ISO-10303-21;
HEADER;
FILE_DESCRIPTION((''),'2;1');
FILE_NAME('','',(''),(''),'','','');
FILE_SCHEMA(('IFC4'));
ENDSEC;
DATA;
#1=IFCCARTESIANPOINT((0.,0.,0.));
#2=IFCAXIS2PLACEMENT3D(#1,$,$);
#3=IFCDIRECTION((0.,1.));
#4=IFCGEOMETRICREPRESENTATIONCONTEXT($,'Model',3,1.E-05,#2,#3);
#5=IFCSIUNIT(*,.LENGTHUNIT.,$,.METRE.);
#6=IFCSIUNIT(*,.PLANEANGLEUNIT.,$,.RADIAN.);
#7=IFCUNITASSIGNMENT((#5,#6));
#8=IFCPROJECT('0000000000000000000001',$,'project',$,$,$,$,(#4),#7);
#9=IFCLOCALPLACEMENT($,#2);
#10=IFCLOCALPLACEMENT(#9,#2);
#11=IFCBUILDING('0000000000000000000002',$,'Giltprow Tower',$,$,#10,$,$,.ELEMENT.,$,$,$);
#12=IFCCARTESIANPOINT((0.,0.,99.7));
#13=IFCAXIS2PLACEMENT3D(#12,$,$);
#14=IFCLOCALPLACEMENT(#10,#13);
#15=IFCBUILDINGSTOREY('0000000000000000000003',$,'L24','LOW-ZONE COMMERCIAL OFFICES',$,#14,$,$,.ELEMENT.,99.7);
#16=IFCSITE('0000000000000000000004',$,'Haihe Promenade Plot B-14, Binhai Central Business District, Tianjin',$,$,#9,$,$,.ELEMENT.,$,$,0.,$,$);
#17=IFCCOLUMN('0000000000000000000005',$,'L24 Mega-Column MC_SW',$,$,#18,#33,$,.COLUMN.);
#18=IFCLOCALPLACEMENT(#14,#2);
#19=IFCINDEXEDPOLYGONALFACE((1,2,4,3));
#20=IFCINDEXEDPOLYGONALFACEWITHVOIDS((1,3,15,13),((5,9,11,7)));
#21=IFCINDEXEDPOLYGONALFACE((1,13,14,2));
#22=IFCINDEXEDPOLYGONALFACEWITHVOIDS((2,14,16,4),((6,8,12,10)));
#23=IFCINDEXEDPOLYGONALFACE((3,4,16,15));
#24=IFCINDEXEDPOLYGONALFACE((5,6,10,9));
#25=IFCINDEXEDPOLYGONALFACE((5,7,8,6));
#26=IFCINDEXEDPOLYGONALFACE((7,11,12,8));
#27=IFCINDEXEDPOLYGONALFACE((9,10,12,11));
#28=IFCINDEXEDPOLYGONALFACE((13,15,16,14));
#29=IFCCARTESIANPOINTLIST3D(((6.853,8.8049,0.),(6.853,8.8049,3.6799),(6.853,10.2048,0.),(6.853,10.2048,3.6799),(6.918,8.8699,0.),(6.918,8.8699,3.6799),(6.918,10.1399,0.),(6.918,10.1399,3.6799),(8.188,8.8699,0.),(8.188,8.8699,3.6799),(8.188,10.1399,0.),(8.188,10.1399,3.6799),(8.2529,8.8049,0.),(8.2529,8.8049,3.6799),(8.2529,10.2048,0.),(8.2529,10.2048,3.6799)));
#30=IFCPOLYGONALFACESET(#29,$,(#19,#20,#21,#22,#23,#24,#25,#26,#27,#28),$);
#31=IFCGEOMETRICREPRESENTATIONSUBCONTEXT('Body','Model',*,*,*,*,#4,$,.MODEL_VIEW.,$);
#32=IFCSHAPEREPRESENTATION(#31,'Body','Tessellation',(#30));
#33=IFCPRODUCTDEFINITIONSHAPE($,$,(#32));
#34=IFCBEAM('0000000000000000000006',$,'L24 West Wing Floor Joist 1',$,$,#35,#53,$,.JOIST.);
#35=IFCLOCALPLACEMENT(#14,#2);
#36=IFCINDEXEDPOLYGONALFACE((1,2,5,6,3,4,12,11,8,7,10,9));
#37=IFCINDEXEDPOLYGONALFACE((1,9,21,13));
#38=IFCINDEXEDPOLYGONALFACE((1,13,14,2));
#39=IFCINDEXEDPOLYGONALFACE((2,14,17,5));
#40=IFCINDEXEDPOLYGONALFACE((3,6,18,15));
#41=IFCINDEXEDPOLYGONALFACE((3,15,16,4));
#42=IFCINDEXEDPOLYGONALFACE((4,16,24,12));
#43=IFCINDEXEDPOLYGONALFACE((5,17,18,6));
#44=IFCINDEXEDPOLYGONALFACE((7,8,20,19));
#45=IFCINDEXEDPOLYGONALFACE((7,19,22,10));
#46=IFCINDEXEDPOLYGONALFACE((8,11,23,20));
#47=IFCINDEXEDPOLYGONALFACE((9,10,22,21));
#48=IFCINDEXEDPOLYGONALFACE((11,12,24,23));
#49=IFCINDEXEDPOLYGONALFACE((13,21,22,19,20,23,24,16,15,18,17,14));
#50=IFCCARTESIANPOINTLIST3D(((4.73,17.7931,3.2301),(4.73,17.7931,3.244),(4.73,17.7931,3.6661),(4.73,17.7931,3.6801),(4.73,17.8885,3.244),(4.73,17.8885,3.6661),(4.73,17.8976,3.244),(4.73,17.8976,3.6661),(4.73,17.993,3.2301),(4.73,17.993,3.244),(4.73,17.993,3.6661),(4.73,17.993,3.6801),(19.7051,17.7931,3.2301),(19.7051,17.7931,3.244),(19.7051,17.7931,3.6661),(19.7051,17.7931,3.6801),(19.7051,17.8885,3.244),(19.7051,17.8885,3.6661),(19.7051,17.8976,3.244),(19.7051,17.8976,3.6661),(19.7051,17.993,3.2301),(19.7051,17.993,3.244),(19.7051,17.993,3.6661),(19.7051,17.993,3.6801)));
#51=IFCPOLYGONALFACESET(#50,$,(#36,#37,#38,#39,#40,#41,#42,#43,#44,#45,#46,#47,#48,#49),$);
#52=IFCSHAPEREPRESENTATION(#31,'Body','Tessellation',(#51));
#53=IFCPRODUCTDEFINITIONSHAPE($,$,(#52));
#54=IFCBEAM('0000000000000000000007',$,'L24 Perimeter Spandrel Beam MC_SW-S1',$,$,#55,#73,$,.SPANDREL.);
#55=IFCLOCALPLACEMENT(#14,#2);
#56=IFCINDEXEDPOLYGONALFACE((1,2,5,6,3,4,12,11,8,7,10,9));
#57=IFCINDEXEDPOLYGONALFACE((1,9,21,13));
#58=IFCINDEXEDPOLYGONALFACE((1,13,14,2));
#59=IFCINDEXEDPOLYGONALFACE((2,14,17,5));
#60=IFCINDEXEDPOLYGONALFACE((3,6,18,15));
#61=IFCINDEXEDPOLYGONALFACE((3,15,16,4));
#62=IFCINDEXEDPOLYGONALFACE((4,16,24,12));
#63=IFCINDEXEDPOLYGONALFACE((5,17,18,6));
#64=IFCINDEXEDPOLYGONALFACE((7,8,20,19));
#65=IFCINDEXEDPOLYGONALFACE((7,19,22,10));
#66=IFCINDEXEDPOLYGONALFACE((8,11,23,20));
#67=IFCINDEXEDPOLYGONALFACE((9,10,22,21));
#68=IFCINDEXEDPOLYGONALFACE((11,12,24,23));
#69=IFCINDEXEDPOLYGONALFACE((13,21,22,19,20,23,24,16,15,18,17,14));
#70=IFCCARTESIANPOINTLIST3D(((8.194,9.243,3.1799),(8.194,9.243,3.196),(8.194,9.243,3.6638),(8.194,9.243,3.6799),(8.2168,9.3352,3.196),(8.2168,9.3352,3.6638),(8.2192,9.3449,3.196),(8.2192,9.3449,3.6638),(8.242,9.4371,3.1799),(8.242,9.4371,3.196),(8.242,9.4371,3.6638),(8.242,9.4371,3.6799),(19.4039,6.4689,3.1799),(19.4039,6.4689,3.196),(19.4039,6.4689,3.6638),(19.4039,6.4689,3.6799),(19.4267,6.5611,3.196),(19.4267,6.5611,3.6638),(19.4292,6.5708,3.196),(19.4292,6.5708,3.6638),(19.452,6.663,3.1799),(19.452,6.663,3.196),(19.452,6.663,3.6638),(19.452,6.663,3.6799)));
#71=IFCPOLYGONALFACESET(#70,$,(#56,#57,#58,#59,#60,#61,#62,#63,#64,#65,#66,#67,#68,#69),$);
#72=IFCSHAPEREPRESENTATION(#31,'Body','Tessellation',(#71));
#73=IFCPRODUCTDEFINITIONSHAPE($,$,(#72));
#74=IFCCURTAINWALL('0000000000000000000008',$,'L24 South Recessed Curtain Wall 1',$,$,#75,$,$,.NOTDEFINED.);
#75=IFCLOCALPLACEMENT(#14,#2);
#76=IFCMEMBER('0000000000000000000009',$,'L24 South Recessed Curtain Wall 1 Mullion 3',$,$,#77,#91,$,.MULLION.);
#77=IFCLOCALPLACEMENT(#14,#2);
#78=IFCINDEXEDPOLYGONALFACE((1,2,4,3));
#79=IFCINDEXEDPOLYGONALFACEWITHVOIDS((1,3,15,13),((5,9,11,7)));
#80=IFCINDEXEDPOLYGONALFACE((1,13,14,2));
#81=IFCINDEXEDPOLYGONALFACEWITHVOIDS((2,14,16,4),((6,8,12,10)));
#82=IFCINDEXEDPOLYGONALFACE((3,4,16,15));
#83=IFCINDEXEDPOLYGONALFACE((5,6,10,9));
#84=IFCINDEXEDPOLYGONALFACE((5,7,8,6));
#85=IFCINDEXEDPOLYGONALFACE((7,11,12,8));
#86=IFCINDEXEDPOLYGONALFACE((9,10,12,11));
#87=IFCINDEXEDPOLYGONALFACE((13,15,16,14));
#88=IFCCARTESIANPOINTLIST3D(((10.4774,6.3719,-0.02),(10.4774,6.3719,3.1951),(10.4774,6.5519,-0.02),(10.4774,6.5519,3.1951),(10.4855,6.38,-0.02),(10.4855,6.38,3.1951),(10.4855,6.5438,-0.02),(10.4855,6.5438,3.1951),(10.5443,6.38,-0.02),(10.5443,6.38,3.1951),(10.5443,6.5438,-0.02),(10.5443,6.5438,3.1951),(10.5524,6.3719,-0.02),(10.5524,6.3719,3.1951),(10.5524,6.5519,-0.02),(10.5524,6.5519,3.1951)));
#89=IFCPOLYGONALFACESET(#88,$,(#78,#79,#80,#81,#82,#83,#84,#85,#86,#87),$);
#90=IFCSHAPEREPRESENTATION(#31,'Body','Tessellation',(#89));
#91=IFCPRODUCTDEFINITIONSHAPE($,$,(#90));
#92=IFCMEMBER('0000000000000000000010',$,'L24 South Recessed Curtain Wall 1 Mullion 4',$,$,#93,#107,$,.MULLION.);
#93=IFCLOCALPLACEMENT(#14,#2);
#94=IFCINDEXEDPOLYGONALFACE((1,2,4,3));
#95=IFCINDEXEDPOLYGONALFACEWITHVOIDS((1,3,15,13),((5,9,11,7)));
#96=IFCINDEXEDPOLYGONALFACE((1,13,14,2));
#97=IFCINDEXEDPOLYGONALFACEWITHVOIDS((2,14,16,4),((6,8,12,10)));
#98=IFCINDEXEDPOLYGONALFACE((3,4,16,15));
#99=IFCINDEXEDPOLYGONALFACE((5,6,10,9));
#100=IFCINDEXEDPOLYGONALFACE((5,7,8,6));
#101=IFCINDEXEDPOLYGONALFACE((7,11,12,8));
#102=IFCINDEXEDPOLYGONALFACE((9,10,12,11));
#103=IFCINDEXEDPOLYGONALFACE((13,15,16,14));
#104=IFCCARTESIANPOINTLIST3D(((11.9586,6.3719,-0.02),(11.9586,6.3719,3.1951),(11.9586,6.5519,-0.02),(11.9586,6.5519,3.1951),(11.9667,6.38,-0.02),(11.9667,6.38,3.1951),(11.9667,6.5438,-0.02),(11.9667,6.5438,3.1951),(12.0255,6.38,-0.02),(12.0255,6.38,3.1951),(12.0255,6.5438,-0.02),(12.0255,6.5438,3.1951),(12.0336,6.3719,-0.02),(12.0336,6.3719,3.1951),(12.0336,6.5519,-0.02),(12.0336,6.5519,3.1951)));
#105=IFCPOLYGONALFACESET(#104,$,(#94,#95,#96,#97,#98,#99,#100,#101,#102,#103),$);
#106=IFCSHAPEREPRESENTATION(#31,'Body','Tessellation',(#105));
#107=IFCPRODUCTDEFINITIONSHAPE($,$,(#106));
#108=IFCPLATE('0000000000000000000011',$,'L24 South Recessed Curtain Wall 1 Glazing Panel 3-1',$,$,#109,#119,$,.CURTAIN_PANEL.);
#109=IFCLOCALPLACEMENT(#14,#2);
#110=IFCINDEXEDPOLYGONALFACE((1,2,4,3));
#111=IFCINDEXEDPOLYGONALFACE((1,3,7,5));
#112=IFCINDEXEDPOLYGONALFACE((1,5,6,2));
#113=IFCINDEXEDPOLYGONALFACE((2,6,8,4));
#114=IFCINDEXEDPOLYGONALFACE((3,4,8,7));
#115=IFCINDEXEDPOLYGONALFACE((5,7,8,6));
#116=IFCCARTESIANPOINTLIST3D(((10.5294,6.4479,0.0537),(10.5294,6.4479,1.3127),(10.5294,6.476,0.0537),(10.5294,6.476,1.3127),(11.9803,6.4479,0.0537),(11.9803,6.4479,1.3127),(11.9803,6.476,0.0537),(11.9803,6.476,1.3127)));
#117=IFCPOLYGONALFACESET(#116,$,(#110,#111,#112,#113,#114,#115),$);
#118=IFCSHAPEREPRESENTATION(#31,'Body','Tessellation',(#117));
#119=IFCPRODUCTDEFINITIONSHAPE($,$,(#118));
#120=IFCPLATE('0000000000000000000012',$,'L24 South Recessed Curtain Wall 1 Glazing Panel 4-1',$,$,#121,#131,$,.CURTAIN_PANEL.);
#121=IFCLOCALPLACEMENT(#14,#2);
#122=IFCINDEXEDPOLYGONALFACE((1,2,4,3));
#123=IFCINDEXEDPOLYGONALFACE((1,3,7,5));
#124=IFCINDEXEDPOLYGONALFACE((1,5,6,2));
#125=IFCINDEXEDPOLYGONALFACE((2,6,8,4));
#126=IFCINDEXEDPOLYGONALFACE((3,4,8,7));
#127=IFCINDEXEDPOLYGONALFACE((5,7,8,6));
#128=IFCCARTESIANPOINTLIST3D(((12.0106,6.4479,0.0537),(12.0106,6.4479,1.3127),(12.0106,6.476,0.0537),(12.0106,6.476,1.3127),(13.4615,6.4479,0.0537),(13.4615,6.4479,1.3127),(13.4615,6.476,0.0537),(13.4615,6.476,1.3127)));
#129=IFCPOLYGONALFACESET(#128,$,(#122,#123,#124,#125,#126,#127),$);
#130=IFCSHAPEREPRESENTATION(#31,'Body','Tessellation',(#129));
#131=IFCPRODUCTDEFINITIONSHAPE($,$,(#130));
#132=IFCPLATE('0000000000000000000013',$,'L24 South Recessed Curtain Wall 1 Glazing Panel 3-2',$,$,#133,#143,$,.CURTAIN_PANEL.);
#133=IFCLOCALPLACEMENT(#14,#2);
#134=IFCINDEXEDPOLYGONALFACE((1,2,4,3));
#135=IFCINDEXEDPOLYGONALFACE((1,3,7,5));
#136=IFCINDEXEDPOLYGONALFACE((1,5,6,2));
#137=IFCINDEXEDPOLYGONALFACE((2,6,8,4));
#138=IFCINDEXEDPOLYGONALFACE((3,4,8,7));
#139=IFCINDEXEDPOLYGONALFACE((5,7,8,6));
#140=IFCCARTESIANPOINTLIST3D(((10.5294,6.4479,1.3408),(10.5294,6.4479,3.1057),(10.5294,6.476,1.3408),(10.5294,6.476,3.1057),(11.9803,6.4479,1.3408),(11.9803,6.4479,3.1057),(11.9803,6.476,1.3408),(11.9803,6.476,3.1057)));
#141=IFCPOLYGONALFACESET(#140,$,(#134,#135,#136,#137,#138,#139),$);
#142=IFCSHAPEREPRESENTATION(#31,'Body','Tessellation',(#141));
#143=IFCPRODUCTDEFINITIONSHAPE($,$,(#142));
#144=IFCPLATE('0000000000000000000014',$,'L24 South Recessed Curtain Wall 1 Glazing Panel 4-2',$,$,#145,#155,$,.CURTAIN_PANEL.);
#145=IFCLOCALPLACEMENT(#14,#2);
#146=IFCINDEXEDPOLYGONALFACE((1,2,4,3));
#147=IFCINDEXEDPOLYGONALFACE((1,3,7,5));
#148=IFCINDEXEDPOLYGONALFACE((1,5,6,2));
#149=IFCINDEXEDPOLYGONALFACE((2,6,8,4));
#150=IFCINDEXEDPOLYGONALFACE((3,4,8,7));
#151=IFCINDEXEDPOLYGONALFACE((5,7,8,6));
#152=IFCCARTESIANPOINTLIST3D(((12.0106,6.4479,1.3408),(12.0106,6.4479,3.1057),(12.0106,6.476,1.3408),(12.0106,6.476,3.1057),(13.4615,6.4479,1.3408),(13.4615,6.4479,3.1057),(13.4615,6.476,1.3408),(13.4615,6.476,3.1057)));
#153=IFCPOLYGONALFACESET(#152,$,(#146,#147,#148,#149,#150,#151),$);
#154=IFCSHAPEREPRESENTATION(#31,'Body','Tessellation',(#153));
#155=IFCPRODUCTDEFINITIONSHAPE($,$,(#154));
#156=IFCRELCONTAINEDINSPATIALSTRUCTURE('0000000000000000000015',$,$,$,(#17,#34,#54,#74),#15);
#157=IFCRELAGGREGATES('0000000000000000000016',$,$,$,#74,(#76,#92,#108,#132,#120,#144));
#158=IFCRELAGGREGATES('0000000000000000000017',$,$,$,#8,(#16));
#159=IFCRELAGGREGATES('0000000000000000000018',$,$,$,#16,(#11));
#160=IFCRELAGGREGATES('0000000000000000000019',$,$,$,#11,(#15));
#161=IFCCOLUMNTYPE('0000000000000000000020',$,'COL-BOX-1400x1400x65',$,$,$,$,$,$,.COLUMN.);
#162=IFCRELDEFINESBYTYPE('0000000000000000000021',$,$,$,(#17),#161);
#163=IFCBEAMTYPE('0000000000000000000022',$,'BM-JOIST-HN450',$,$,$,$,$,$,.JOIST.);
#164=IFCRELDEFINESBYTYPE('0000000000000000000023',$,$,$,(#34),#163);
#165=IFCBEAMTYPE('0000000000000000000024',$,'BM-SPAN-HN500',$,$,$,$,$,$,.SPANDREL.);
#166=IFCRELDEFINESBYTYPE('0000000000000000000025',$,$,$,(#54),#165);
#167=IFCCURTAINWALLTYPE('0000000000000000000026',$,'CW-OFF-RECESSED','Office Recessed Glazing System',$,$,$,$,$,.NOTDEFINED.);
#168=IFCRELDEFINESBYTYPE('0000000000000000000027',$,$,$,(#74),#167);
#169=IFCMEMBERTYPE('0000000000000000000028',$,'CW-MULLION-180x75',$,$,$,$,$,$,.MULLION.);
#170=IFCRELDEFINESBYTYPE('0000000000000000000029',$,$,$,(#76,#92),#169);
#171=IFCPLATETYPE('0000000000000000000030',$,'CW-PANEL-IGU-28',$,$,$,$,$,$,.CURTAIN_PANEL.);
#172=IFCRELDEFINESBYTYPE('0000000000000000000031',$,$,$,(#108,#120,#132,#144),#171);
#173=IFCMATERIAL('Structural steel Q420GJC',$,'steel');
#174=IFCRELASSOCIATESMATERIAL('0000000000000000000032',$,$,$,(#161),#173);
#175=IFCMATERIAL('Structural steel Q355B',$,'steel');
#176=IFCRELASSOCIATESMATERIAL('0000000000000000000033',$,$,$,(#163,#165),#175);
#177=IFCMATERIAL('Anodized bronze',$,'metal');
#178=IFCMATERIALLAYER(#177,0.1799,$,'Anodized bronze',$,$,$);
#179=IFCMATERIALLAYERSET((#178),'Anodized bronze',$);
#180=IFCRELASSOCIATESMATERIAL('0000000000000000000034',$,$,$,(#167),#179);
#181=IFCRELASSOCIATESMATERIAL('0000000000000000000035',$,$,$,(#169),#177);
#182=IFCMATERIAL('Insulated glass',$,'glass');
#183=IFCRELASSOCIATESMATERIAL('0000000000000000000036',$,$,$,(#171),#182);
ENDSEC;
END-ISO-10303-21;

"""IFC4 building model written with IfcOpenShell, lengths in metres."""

from ifc_helpers import new_model, si_unit, direction, frame, origin, origin_2d, place, context, subcontext, project, spatial, rectangle, hollow_rectangle, i_section, extrude, source, transform, mapped, material, layer, layer_set, material_profile, profile_set, type_object, element, aggregate, save


model = new_model("IFC4")

# Units and contexts
model_context = context("Model", 3, precision=1e-05, world=origin(), true_north=direction((0.0, 1.0)))
body_context = subcontext(model_context, "Body", "Model", "MODEL_VIEW")
ifc_project = project(units=[si_unit("LENGTHUNIT", "METRE"), si_unit("PLANEANGLEUNIT", "RADIAN")], contexts=[model_context])

# Site, building, storey
site_placement = place(None, origin())
site = spatial("IfcSite", under=ifc_project, at=site_placement, Name="Haihe Promenade Plot B-14, Binhai Central Business District, Tianjin", CompositionType="ELEMENT", RefElevation=0.0)
building_placement = place(site_placement, origin())
building = spatial("IfcBuilding", under=site, at=building_placement, Name="Giltprow Tower", CompositionType="ELEMENT")
storey_placement = place(building_placement, frame((0.0, 0.0, 99.7)))
storey = spatial("IfcBuildingStorey", under=building, at=storey_placement, Name="L24", Description="LOW-ZONE COMMERCIAL OFFICES", CompositionType="ELEMENT", Elevation=99.7)

# Column
ifc_material_1 = material(Name="Structural steel Q420GJC", Category="steel")
ifc_material_profile_1 = material_profile(ifc_material_1, hollow_rectangle(XDim=1.3999, YDim=1.3999, WallThickness=0.0649, at=origin_2d()), Name="BOX 1400x1400x65")
ifc_profile_set_1 = profile_set([ifc_material_profile_1], Name="Structural steel Q420GJC")
column_type = type_object("IfcColumnType", Name="COL-BOX-1400x1400x65", PredefinedType="COLUMN", material=ifc_profile_set_1)
shared_shape_1 = source(origin(), body_context, "Body", "SweptSolid", [
    extrude(hollow_rectangle(XDim=1.3999, YDim=1.3999, WallThickness=0.0649, at=origin_2d()), origin(), (0.0, 0.0, 1.0), 3.6799),
])
column_placement = place(storey_placement, frame((7.553, 9.5049, 0.0), z_axis=(0.0, 0.0, 1.0), x_axis=(1.0, 0.0, 0.0)))
element("IfcColumn", 1, at=column_placement, inside=storey, type_object=column_type, Name="L24 Mega-Column MC_SW", PredefinedType="COLUMN", context=body_context, shape_type="MappedRepresentation", body=[
    mapped(shared_shape_1, transform((0.0, 0.0, 0.0), x_axis=(1.0, 0.0, 0.0), y_axis=(0.0, 1.0, 0.0), z_axis=(0.0, 0.0, 1.0), scale=1.0)),
])

# Beams
ifc_material_2 = material(Name="Structural steel Q355B", Category="steel")
ifc_material_profile_2 = material_profile(ifc_material_2, i_section(OverallWidth=0.2, OverallDepth=0.45, WebThickness=0.009, FlangeThickness=0.0139, at=origin_2d()), Name="HN 450x200x9x14")
ifc_profile_set_2 = profile_set([ifc_material_profile_2], Name="Structural steel Q355B")
beam_type_1 = type_object("IfcBeamType", Name="BM-JOIST-HN450", PredefinedType="JOIST", material=ifc_profile_set_2)
shared_shape_2 = source(origin(), body_context, "Body", "SweptSolid", [
    extrude(i_section(OverallWidth=0.2, OverallDepth=0.45, WebThickness=0.009, FlangeThickness=0.0139, at=origin_2d()), origin(), (0.0, 0.0, 1.0), 14.9751),
])
beam_1_placement = place(storey_placement, frame((4.73, 17.8931, 3.4551), z_axis=(1.0, 0.0, 0.0), x_axis=(0.0, 1.0, 0.0)))
element("IfcBeam", 2, at=beam_1_placement, inside=storey, type_object=beam_type_1, Name="L24 West Wing Floor Joist 1", PredefinedType="JOIST", context=body_context, shape_type="MappedRepresentation", body=[
    mapped(shared_shape_2, transform((0.0, 0.0, 0.0), x_axis=(1.0, 0.0, 0.0), y_axis=(0.0, 1.0, 0.0), z_axis=(0.0, 0.0, 1.0), scale=1.0)),
])
ifc_material_profile_3 = material_profile(ifc_material_2, i_section(OverallWidth=0.2, OverallDepth=0.5, WebThickness=0.01, FlangeThickness=0.0161, at=origin_2d()), Name="HN 500x200x10x16")
ifc_profile_set_3 = profile_set([ifc_material_profile_3], Name="Structural steel Q355B")
beam_type_2 = type_object("IfcBeamType", Name="BM-SPAN-HN500", PredefinedType="SPANDREL", material=ifc_profile_set_3)
shared_shape_3 = source(origin(), body_context, "Body", "SweptSolid", [
    extrude(i_section(OverallWidth=0.2, OverallDepth=0.5, WebThickness=0.01, FlangeThickness=0.0161, at=origin_2d()), origin(), (0.0, 0.0, 1.0), 11.5481),
])
beam_2_placement = place(storey_placement, frame((8.218, 9.3401, 3.4299), z_axis=(0.970717, -0.240227, 0.0), x_axis=(0.240227, 0.970717, 0.0)))
element("IfcBeam", 3, at=beam_2_placement, inside=storey, type_object=beam_type_2, Name="L24 Perimeter Spandrel Beam MC_SW-S1", PredefinedType="SPANDREL", context=body_context, shape_type="MappedRepresentation", body=[
    mapped(shared_shape_3, transform((0.0, 0.0, 0.0), x_axis=(1.0, 0.0, 0.0), y_axis=(0.0, 1.0, 0.0), z_axis=(0.0, 0.0, 1.0), scale=1.0)),
])

# Curtain wall, members, plates
ifc_material_3 = material(Name="Anodized bronze", Category="metal")
ifc_layer_1 = layer(ifc_material_3, 0.1799, Name="Anodized bronze")
ifc_layer_set_1 = layer_set([ifc_layer_1], Name="Anodized bronze")
curtain_wall_type = type_object("IfcCurtainWallType", Name="CW-OFF-RECESSED", Description="Office Recessed Glazing System", PredefinedType="NOTDEFINED", material=ifc_layer_set_1)
curtain_wall_placement = place(storey_placement, origin())
curtain_wall = element("IfcCurtainWall", 4, at=curtain_wall_placement, inside=storey, type_object=curtain_wall_type, Name="L24 South Recessed Curtain Wall 1", PredefinedType="NOTDEFINED")
ifc_material_profile_4 = material_profile(ifc_material_3, hollow_rectangle(XDim=0.075, YDim=0.1799, WallThickness=0.0081, at=origin_2d()), Name="RHS 180x75x8")
ifc_profile_set_4 = profile_set([ifc_material_profile_4], Name="Anodized bronze")
member_type = type_object("IfcMemberType", Name="CW-MULLION-180x75", PredefinedType="MULLION", material=ifc_profile_set_4)
shared_shape_4 = source(origin(), body_context, "Body", "SweptSolid", [
    extrude(hollow_rectangle(XDim=0.075, YDim=0.1799, WallThickness=0.0081, at=origin_2d()), origin(), (0.0, 0.0, 1.0), 3.2151),
])
member_1_placement = place(storey_placement, frame((10.5149, 6.4619, -0.02), z_axis=(0.0, 0.0, 1.0), x_axis=(1.0, 0.0, 0.0)))
member_1 = element("IfcMember", 5, at=member_1_placement, type_object=member_type, Name="L24 South Recessed Curtain Wall 1 Mullion 3", PredefinedType="MULLION", context=body_context, shape_type="MappedRepresentation", body=[
    mapped(shared_shape_4, transform((0.0, 0.0, 0.0), x_axis=(1.0, 0.0, 0.0), y_axis=(0.0, 1.0, 0.0), z_axis=(0.0, 0.0, 1.0), scale=1.0)),
])
member_2_placement = place(storey_placement, frame((11.9961, 6.4619, -0.02), z_axis=(0.0, 0.0, 1.0), x_axis=(1.0, 0.0, 0.0)))
member_2 = element("IfcMember", 6, at=member_2_placement, type_object=member_type, Name="L24 South Recessed Curtain Wall 1 Mullion 4", PredefinedType="MULLION", context=body_context, shape_type="MappedRepresentation", body=[
    mapped(shared_shape_4, transform((0.0, 0.0, 0.0), x_axis=(1.0, 0.0, 0.0), y_axis=(0.0, 1.0, 0.0), z_axis=(0.0, 0.0, 1.0), scale=1.0)),
])
ifc_material_4 = material(Name="Insulated glass", Category="glass")
plate_type = type_object("IfcPlateType", Name="CW-PANEL-IGU-28", PredefinedType="CURTAIN_PANEL", material=ifc_material_4)
shared_shape_5 = source(origin(), body_context, "Body", "SweptSolid", [
    extrude(rectangle(XDim=1.4509, YDim=0.0281, at=origin_2d()), origin(), (0.0, 0.0, 1.0), 1.259),
])
plate_1_placement = place(storey_placement, frame((11.2549, 6.4619, 0.0537), z_axis=(0.0, 0.0, 1.0), x_axis=(1.0, 0.0, 0.0)))
plate_1 = element("IfcPlate", 7, at=plate_1_placement, type_object=plate_type, Name="L24 South Recessed Curtain Wall 1 Glazing Panel 3-1", PredefinedType="CURTAIN_PANEL", context=body_context, shape_type="MappedRepresentation", body=[
    mapped(shared_shape_5, transform((0.0, 0.0, 0.0), x_axis=(1.0, 0.0, 0.0), y_axis=(0.0, 1.0, 0.0), z_axis=(0.0, 0.0, 1.0), scale=1.0)),
])
plate_2_placement = place(storey_placement, frame((12.7361, 6.4619, 0.0537), z_axis=(0.0, 0.0, 1.0), x_axis=(1.0, 0.0, 0.0)))
plate_2 = element("IfcPlate", 8, at=plate_2_placement, type_object=plate_type, Name="L24 South Recessed Curtain Wall 1 Glazing Panel 4-1", PredefinedType="CURTAIN_PANEL", context=body_context, shape_type="MappedRepresentation", body=[
    mapped(shared_shape_5, transform((0.0, 0.0, 0.0), x_axis=(1.0, 0.0, 0.0), y_axis=(0.0, 1.0, 0.0), z_axis=(0.0, 0.0, 1.0), scale=1.0)),
])
shared_shape_6 = source(origin(), body_context, "Body", "SweptSolid", [
    extrude(rectangle(XDim=1.4509, YDim=0.0281, at=origin_2d()), origin(), (0.0, 0.0, 1.0), 1.7649),
])
plate_3_placement = place(storey_placement, frame((11.2549, 6.4619, 1.3408), z_axis=(0.0, 0.0, 1.0), x_axis=(1.0, 0.0, 0.0)))
plate_3 = element("IfcPlate", 9, at=plate_3_placement, type_object=plate_type, Name="L24 South Recessed Curtain Wall 1 Glazing Panel 3-2", PredefinedType="CURTAIN_PANEL", context=body_context, shape_type="MappedRepresentation", body=[
    mapped(shared_shape_6, transform((0.0, 0.0, 0.0), x_axis=(1.0, 0.0, 0.0), y_axis=(0.0, 1.0, 0.0), z_axis=(0.0, 0.0, 1.0), scale=1.0)),
])
plate_4_placement = place(storey_placement, frame((12.7361, 6.4619, 1.3408), z_axis=(0.0, 0.0, 1.0), x_axis=(1.0, 0.0, 0.0)))
plate_4 = element("IfcPlate", 10, at=plate_4_placement, type_object=plate_type, Name="L24 South Recessed Curtain Wall 1 Glazing Panel 4-2", PredefinedType="CURTAIN_PANEL", context=body_context, shape_type="MappedRepresentation", body=[
    mapped(shared_shape_6, transform((0.0, 0.0, 0.0), x_axis=(1.0, 0.0, 0.0), y_axis=(0.0, 1.0, 0.0), z_axis=(0.0, 0.0, 1.0), scale=1.0)),
])
aggregate(curtain_wall, [member_1, member_2, plate_1, plate_3, plate_2, plate_4])

save(model, "model.ifc")
